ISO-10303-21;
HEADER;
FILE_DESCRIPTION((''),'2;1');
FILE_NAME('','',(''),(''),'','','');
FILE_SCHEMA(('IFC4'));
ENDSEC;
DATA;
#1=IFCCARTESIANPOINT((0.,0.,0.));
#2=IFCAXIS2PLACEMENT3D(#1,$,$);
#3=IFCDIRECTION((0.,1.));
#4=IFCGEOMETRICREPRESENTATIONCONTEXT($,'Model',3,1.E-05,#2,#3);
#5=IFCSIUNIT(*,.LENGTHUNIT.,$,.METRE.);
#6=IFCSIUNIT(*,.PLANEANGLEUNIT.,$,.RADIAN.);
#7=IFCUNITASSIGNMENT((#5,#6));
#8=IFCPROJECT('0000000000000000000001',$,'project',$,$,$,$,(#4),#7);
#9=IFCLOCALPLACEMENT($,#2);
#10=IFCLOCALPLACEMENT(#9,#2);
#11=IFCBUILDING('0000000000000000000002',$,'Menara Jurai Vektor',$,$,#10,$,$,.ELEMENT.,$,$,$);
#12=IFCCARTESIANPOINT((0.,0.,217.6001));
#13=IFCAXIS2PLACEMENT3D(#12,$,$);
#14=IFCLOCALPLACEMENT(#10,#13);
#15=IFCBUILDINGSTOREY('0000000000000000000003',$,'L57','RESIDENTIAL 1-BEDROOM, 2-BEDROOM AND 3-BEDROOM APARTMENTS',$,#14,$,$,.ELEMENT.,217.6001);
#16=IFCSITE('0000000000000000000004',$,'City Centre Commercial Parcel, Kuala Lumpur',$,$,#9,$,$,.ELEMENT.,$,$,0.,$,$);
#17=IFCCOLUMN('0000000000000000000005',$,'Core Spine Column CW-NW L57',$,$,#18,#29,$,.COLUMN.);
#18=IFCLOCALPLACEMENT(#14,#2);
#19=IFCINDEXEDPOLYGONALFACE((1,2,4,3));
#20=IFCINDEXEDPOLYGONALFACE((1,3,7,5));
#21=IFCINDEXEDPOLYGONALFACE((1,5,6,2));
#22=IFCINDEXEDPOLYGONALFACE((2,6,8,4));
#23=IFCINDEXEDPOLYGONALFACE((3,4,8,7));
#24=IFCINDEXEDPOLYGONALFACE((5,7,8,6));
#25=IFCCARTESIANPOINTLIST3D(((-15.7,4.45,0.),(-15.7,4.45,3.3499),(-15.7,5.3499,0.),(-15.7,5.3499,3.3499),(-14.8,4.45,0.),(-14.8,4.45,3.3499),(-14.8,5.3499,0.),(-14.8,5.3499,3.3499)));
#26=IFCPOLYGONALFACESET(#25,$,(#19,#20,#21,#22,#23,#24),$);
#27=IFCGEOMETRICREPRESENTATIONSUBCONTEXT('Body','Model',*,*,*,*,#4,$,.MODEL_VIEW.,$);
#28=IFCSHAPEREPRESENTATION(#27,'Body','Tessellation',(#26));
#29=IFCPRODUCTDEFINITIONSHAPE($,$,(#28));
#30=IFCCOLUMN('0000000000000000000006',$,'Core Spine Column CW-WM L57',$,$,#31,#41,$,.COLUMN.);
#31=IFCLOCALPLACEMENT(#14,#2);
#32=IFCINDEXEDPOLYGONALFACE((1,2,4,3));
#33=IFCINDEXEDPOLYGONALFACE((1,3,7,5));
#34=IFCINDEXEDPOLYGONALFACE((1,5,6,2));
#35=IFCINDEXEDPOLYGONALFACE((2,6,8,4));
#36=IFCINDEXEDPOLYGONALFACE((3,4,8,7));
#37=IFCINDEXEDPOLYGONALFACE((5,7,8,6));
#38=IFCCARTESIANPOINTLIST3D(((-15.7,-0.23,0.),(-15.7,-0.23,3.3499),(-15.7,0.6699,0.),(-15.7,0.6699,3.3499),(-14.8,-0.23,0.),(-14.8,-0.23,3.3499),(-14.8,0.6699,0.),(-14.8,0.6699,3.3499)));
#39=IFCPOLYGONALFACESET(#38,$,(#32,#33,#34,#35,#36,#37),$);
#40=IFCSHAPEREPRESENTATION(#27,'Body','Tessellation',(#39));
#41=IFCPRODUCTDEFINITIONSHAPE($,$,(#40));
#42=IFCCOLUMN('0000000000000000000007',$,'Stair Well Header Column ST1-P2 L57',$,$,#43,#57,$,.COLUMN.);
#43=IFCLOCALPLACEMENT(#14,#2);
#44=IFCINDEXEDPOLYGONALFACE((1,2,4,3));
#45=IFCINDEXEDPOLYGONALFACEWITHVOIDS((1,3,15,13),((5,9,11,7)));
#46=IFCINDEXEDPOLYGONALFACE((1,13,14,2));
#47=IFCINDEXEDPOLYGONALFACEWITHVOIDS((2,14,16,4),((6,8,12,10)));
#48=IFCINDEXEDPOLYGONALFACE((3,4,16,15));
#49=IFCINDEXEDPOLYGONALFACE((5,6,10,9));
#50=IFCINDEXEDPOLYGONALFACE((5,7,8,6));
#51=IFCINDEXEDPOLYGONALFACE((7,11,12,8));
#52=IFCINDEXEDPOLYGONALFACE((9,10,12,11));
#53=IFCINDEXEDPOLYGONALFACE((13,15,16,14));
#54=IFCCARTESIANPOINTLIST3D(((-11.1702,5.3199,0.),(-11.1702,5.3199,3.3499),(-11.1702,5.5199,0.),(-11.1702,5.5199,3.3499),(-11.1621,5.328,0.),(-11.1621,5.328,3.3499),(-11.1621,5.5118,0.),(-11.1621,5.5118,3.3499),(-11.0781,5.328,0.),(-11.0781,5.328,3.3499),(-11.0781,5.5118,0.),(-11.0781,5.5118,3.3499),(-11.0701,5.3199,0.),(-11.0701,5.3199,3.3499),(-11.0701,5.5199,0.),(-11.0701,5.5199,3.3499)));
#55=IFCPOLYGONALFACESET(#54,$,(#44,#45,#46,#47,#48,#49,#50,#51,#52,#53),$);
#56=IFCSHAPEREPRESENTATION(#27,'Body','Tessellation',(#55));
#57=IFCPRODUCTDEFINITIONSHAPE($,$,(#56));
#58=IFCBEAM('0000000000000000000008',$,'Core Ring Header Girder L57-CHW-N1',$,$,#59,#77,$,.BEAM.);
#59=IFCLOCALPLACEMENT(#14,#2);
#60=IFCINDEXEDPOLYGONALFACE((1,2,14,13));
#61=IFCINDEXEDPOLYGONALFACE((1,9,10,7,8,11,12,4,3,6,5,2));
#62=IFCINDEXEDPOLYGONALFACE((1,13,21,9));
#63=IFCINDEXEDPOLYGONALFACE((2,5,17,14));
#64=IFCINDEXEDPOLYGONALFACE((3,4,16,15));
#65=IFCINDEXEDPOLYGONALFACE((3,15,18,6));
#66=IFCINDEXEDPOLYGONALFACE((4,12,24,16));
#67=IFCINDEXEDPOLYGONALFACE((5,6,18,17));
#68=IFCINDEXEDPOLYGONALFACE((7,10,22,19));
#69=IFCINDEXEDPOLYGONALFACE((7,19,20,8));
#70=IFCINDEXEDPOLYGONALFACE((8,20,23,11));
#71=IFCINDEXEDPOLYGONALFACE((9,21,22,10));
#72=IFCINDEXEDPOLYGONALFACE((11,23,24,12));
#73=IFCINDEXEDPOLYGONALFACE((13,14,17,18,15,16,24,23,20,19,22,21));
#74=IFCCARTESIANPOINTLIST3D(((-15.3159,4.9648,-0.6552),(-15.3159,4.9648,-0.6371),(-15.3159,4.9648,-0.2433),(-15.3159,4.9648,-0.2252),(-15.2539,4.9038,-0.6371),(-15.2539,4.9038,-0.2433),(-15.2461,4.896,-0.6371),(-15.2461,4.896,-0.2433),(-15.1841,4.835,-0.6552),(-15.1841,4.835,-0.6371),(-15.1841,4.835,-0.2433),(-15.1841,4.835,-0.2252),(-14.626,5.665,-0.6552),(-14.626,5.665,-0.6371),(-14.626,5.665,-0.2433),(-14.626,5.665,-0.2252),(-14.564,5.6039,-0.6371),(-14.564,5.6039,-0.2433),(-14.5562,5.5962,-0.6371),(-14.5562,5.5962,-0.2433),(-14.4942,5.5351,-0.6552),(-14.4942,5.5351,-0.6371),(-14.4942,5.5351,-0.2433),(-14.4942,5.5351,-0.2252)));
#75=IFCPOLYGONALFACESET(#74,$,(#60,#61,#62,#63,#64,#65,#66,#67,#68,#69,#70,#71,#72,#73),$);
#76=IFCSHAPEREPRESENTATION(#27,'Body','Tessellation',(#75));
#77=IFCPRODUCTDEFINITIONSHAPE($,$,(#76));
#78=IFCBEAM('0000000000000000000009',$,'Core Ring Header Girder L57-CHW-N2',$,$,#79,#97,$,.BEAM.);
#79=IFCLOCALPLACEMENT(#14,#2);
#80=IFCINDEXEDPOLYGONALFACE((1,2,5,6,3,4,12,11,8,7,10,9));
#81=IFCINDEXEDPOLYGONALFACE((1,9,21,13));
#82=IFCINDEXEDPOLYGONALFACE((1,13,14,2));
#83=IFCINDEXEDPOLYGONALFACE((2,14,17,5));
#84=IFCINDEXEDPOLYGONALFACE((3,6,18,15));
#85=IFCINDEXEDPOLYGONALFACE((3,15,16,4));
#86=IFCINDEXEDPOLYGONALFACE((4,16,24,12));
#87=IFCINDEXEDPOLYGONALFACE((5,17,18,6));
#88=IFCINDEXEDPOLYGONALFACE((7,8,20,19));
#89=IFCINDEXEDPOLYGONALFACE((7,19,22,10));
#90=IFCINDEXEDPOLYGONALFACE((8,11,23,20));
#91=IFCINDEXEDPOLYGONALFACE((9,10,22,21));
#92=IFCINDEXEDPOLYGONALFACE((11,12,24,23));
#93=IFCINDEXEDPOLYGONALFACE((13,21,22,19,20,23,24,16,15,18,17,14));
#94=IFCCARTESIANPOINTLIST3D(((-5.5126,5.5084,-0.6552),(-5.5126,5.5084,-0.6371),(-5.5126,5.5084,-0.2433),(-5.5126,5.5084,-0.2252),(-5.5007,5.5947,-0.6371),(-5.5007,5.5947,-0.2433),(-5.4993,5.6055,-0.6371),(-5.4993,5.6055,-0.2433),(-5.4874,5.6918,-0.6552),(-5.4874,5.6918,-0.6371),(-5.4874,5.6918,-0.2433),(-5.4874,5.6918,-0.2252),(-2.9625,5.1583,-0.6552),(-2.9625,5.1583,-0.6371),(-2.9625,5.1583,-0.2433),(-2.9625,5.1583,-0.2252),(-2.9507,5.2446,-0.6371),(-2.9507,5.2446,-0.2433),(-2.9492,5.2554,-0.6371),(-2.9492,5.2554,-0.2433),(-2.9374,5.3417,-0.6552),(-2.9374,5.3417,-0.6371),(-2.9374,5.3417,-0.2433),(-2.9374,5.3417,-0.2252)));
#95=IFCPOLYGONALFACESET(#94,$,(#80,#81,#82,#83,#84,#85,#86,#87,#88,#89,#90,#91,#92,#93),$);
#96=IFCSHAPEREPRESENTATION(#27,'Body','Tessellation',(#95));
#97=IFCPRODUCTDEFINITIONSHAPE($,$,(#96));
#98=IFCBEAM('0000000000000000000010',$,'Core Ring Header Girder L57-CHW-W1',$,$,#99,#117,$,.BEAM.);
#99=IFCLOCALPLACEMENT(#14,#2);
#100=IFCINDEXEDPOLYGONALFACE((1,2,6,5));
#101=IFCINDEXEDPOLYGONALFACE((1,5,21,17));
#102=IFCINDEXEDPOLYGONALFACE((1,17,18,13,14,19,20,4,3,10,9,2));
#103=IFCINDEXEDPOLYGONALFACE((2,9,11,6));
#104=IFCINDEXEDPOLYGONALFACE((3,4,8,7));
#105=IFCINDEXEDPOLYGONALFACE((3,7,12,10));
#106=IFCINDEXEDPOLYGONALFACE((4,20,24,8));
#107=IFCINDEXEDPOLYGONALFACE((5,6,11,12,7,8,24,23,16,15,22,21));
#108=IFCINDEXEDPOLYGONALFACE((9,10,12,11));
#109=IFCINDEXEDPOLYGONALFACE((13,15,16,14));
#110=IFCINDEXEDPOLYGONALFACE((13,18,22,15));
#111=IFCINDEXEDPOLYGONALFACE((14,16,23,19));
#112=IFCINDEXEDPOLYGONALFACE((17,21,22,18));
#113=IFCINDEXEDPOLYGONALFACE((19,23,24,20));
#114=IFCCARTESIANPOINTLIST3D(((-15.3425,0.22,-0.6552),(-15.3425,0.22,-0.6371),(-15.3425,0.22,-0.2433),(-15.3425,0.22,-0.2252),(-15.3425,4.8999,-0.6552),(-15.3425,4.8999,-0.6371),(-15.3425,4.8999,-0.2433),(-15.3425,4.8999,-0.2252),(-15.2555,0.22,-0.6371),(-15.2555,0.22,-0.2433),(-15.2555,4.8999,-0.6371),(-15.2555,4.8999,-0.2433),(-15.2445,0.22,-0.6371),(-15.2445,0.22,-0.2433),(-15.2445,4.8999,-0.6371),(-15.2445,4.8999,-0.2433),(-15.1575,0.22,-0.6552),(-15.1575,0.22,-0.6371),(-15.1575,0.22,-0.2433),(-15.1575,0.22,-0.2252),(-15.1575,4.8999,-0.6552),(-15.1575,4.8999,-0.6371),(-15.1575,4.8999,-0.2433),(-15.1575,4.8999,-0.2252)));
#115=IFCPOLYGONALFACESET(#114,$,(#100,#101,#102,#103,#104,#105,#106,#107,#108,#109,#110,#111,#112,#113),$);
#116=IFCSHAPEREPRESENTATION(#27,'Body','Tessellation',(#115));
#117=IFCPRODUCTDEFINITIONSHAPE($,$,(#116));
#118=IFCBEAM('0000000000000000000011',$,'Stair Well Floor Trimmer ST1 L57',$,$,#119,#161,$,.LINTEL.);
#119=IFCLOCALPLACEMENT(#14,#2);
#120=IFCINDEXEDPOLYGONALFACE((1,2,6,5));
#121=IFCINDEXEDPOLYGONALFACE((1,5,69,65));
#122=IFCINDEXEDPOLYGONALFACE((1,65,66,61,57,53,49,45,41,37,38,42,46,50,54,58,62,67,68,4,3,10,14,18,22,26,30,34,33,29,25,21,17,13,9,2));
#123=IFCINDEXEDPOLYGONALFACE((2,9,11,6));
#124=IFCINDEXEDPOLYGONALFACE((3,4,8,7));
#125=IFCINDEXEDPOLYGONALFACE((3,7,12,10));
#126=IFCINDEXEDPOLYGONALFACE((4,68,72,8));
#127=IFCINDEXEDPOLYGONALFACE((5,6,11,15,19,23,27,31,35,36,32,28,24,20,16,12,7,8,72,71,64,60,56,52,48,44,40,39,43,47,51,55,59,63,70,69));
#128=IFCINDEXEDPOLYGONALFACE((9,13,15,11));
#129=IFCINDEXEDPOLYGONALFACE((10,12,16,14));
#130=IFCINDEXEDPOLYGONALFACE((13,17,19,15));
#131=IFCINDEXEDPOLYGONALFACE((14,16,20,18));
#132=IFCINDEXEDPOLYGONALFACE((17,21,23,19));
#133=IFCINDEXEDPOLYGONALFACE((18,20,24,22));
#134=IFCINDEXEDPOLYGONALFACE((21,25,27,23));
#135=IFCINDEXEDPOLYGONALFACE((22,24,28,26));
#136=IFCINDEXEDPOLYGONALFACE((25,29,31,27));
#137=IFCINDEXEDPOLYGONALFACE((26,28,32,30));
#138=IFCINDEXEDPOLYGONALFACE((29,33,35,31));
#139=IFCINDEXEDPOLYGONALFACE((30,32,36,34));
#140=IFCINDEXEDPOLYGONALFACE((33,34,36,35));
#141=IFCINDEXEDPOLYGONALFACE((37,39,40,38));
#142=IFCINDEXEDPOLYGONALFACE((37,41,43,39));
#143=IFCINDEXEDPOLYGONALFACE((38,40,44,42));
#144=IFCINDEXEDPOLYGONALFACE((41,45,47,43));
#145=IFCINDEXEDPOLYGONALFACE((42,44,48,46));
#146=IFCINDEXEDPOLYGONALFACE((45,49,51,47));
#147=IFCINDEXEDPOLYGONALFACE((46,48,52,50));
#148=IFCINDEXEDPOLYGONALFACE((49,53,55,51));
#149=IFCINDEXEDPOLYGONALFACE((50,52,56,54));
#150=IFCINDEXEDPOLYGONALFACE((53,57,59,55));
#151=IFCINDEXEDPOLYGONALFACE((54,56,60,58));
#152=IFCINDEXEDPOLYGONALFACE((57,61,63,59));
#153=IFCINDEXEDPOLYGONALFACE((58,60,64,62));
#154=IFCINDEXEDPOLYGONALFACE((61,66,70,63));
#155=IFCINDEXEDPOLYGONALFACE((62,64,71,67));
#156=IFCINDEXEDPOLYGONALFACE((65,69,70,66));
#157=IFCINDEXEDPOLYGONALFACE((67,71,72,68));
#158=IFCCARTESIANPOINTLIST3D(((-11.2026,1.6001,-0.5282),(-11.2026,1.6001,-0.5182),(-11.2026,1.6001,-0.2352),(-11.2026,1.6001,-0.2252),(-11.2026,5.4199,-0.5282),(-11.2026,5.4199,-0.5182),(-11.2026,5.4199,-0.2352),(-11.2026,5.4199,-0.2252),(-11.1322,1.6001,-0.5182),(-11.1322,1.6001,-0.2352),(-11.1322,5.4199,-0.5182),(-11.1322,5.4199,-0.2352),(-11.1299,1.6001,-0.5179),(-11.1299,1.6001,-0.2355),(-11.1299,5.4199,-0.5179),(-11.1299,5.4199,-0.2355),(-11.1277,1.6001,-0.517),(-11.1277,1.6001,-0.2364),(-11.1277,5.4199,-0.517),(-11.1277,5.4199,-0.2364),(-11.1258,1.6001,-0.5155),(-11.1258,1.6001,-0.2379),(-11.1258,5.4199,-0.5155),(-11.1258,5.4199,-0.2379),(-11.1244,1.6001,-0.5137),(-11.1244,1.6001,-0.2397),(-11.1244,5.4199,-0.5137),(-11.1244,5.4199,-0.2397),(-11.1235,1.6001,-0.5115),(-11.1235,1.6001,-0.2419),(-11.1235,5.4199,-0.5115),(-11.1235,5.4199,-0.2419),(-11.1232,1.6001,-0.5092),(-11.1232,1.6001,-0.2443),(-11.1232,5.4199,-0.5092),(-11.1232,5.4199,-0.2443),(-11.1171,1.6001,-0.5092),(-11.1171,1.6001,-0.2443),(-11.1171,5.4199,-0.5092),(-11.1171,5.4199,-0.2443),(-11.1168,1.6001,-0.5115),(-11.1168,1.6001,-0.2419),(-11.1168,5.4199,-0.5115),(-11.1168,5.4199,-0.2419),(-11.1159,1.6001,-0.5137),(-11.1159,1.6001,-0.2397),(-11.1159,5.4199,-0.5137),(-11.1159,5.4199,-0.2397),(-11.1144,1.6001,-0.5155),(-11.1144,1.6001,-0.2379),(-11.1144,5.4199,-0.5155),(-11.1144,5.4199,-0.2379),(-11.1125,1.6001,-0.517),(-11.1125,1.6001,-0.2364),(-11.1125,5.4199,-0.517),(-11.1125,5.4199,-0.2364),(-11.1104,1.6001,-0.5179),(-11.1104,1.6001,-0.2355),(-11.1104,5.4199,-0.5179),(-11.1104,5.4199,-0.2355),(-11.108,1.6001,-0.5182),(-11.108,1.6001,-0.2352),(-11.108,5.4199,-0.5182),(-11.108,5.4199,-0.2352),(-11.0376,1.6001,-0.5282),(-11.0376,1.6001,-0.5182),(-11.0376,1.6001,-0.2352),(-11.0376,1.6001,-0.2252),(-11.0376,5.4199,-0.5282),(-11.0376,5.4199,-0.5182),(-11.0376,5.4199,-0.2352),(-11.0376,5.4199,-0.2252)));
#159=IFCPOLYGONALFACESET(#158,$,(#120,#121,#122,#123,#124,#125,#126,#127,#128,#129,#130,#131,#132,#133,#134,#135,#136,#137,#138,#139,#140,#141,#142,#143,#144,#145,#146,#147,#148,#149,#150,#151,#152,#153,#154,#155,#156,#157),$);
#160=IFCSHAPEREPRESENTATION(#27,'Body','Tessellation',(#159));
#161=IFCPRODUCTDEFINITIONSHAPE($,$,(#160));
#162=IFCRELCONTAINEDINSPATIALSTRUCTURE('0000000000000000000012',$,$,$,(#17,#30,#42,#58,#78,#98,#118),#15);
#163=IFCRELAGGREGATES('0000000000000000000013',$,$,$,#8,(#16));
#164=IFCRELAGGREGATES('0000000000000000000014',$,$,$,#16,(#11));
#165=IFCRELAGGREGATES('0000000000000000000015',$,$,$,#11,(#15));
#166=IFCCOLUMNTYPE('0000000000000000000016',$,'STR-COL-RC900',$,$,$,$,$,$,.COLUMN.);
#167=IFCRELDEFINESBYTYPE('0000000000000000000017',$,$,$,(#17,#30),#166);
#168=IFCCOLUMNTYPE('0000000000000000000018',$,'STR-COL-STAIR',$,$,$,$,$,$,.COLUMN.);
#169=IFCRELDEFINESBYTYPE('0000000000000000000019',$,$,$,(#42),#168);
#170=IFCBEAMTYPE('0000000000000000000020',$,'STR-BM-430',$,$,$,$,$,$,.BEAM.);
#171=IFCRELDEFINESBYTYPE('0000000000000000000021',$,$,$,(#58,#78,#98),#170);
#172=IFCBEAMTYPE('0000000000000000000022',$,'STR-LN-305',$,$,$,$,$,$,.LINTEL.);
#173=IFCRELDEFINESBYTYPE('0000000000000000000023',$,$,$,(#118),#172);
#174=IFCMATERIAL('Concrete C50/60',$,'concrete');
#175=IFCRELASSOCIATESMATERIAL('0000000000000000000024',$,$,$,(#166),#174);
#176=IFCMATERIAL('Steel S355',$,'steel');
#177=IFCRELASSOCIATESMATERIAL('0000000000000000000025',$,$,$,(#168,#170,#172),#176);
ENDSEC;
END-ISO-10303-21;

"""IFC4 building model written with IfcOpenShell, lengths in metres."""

from ifc_helpers import new_model, si_unit, direction, frame, origin, origin_2d, place, context, subcontext, project, spatial, rectangle, hollow_rectangle, i_section, extrude, material, material_profile, profile_set, type_object, element, save


model = new_model("IFC4")

# Units and contexts
model_context = context("Model", 3, precision=1e-05, world=origin(), true_north=direction((0.0, 1.0)))
body_context = subcontext(model_context, "Body", "Model", "MODEL_VIEW")
ifc_project = project(units=[si_unit("LENGTHUNIT", "METRE"), si_unit("PLANEANGLEUNIT", "RADIAN")], contexts=[model_context])

# Site, building, storey
site_placement = place(None, origin())
site = spatial("IfcSite", under=ifc_project, at=site_placement, Name="City Centre Commercial Parcel, Kuala Lumpur", CompositionType="ELEMENT", RefElevation=0.0)
building_placement = place(site_placement, origin())
building = spatial("IfcBuilding", under=site, at=building_placement, Name="Menara Jurai Vektor", CompositionType="ELEMENT")
storey_placement = place(building_placement, frame((0.0, 0.0, 217.6001)))
storey = spatial("IfcBuildingStorey", under=building, at=storey_placement, Name="L57", Description="RESIDENTIAL 1-BEDROOM, 2-BEDROOM AND 3-BEDROOM APARTMENTS", CompositionType="ELEMENT", Elevation=217.6001)

# Columns
ifc_material_1 = material(Name="Concrete C50/60", Category="concrete")
ifc_material_profile_1 = material_profile(ifc_material_1, rectangle(XDim=0.8999, YDim=0.8999, at=origin_2d()), Name="RC 900x900")
ifc_profile_set_1 = profile_set([ifc_material_profile_1], Name="Concrete C50/60")
column_type_1 = type_object("IfcColumnType", Name="STR-COL-RC900", PredefinedType="COLUMN", material=ifc_profile_set_1)
for number, where, z_axis, x_axis, name in (
    (1, (-15.25, 4.8999, 0.0), (0.0, 0.0, 1.0), (1.0, 0.0, 0.0), "Core Spine Column CW-NW L57"),
    (2, (-15.25, 0.22, 0.0), (0.0, 0.0, 1.0), (1.0, 0.0, 0.0), "Core Spine Column CW-WM L57"),
):
    element("IfcColumn", number, at=place(storey_placement, frame(where, z_axis=z_axis, x_axis=x_axis)), inside=storey, type_object=column_type_1, Name=name, PredefinedType="COLUMN", context=body_context, shape_type="SweptSolid", body=[
        extrude(rectangle(XDim=0.8999, YDim=0.8999, at=origin_2d()), origin(), (0.0, 0.0, 1.0), 3.3499),
    ])
ifc_material_2 = material(Name="Steel S355", Category="steel")
ifc_material_profile_2 = material_profile(ifc_material_2, hollow_rectangle(XDim=0.1001, YDim=0.2, WallThickness=0.0081, at=origin_2d()), Name="RHS 200x100x8")
ifc_profile_set_2 = profile_set([ifc_material_profile_2], Name="Steel S355")
column_type_2 = type_object("IfcColumnType", Name="STR-COL-STAIR", PredefinedType="COLUMN", material=ifc_profile_set_2)
column_placement = place(storey_placement, frame((-11.1201, 5.4199, 0.0), z_axis=(0.0, 0.0, 1.0), x_axis=(1.0, 0.0, 0.0)))
element("IfcColumn", 3, at=column_placement, inside=storey, type_object=column_type_2, Name="Stair Well Header Column ST1-P2 L57", PredefinedType="COLUMN", context=body_context, shape_type="SweptSolid", body=[
    extrude(hollow_rectangle(XDim=0.1001, YDim=0.2, WallThickness=0.0081, at=origin_2d()), origin(), (0.0, 0.0, 1.0), 3.3499),
])

# Beams
ifc_material_profile_3 = material_profile(ifc_material_2, i_section(OverallWidth=0.1851, OverallDepth=0.4299, WebThickness=0.011, FlangeThickness=0.0181, at=origin_2d()), Name="PG 430x185x76")
ifc_profile_set_3 = profile_set([ifc_material_profile_3], Name="Steel S355")
beam_type_1 = type_object("IfcBeamType", Name="STR-BM-430", PredefinedType="BEAM", material=ifc_profile_set_3)
beam_1_placement = place(storey_placement, frame((-15.25, 4.8999, -0.4402), z_axis=(0.701872, 0.712303, 0.0), x_axis=(-0.712303, 0.701872, 0.0)))
element("IfcBeam", 4, at=beam_1_placement, inside=storey, type_object=beam_type_1, Name="Core Ring Header Girder L57-CHW-N1", PredefinedType="BEAM", context=body_context, shape_type="SweptSolid", body=[
    extrude(i_section(OverallWidth=0.1851, OverallDepth=0.4299, WebThickness=0.011, FlangeThickness=0.0181, at=origin_2d()), origin(), (0.0, 0.0, 1.0), 0.9829),
])
beam_2_placement = place(storey_placement, frame((-5.5, 5.6001, -0.4402), z_axis=(0.990707, -0.136015, 0.0), x_axis=(0.136015, 0.990707, 0.0)))
element("IfcBeam", 5, at=beam_2_placement, inside=storey, type_object=beam_type_1, Name="Core Ring Header Girder L57-CHW-N2", PredefinedType="BEAM", context=body_context, shape_type="SweptSolid", body=[
    extrude(i_section(OverallWidth=0.1851, OverallDepth=0.4299, WebThickness=0.011, FlangeThickness=0.0181, at=origin_2d()), origin(), (0.0, 0.0, 1.0), 2.574),
])
beam_3_placement = place(storey_placement, frame((-15.25, 0.22, -0.4402), z_axis=(0.0, 1.0, 0.0), x_axis=(-1.0, 0.0, 0.0)))
element("IfcBeam", 6, at=beam_3_placement, inside=storey, type_object=beam_type_1, Name="Core Ring Header Girder L57-CHW-W1", PredefinedType="BEAM", context=body_context, shape_type="SweptSolid", body=[
    extrude(i_section(OverallWidth=0.1851, OverallDepth=0.4299, WebThickness=0.011, FlangeThickness=0.0181, at=origin_2d()), origin(), (0.0, 0.0, 1.0), 4.6799),
])
ifc_material_profile_4 = material_profile(ifc_material_2, i_section(OverallWidth=0.165, OverallDepth=0.303, WebThickness=0.0061, FlangeThickness=0.01, FilletRadius=0.009, at=origin_2d()), Name="UKB 305x165x40")
ifc_profile_set_4 = profile_set([ifc_material_profile_4], Name="Steel S355")
beam_type_2 = type_object("IfcBeamType", Name="STR-LN-305", PredefinedType="LINTEL", material=ifc_profile_set_4)
beam_4_placement = place(storey_placement, frame((-11.1201, 1.6001, -0.3767), z_axis=(0.0, 1.0, 0.0), x_axis=(-1.0, 0.0, 0.0)))
element("IfcBeam", 7, at=beam_4_placement, inside=storey, type_object=beam_type_2, Name="Stair Well Floor Trimmer ST1 L57", PredefinedType="LINTEL", context=body_context, shape_type="SweptSolid", body=[
    extrude(i_section(OverallWidth=0.165, OverallDepth=0.303, WebThickness=0.0061, FlangeThickness=0.01, FilletRadius=0.009, at=origin_2d()), origin(), (0.0, 0.0, 1.0), 3.8198),
])

save(model, "model.ifc")
